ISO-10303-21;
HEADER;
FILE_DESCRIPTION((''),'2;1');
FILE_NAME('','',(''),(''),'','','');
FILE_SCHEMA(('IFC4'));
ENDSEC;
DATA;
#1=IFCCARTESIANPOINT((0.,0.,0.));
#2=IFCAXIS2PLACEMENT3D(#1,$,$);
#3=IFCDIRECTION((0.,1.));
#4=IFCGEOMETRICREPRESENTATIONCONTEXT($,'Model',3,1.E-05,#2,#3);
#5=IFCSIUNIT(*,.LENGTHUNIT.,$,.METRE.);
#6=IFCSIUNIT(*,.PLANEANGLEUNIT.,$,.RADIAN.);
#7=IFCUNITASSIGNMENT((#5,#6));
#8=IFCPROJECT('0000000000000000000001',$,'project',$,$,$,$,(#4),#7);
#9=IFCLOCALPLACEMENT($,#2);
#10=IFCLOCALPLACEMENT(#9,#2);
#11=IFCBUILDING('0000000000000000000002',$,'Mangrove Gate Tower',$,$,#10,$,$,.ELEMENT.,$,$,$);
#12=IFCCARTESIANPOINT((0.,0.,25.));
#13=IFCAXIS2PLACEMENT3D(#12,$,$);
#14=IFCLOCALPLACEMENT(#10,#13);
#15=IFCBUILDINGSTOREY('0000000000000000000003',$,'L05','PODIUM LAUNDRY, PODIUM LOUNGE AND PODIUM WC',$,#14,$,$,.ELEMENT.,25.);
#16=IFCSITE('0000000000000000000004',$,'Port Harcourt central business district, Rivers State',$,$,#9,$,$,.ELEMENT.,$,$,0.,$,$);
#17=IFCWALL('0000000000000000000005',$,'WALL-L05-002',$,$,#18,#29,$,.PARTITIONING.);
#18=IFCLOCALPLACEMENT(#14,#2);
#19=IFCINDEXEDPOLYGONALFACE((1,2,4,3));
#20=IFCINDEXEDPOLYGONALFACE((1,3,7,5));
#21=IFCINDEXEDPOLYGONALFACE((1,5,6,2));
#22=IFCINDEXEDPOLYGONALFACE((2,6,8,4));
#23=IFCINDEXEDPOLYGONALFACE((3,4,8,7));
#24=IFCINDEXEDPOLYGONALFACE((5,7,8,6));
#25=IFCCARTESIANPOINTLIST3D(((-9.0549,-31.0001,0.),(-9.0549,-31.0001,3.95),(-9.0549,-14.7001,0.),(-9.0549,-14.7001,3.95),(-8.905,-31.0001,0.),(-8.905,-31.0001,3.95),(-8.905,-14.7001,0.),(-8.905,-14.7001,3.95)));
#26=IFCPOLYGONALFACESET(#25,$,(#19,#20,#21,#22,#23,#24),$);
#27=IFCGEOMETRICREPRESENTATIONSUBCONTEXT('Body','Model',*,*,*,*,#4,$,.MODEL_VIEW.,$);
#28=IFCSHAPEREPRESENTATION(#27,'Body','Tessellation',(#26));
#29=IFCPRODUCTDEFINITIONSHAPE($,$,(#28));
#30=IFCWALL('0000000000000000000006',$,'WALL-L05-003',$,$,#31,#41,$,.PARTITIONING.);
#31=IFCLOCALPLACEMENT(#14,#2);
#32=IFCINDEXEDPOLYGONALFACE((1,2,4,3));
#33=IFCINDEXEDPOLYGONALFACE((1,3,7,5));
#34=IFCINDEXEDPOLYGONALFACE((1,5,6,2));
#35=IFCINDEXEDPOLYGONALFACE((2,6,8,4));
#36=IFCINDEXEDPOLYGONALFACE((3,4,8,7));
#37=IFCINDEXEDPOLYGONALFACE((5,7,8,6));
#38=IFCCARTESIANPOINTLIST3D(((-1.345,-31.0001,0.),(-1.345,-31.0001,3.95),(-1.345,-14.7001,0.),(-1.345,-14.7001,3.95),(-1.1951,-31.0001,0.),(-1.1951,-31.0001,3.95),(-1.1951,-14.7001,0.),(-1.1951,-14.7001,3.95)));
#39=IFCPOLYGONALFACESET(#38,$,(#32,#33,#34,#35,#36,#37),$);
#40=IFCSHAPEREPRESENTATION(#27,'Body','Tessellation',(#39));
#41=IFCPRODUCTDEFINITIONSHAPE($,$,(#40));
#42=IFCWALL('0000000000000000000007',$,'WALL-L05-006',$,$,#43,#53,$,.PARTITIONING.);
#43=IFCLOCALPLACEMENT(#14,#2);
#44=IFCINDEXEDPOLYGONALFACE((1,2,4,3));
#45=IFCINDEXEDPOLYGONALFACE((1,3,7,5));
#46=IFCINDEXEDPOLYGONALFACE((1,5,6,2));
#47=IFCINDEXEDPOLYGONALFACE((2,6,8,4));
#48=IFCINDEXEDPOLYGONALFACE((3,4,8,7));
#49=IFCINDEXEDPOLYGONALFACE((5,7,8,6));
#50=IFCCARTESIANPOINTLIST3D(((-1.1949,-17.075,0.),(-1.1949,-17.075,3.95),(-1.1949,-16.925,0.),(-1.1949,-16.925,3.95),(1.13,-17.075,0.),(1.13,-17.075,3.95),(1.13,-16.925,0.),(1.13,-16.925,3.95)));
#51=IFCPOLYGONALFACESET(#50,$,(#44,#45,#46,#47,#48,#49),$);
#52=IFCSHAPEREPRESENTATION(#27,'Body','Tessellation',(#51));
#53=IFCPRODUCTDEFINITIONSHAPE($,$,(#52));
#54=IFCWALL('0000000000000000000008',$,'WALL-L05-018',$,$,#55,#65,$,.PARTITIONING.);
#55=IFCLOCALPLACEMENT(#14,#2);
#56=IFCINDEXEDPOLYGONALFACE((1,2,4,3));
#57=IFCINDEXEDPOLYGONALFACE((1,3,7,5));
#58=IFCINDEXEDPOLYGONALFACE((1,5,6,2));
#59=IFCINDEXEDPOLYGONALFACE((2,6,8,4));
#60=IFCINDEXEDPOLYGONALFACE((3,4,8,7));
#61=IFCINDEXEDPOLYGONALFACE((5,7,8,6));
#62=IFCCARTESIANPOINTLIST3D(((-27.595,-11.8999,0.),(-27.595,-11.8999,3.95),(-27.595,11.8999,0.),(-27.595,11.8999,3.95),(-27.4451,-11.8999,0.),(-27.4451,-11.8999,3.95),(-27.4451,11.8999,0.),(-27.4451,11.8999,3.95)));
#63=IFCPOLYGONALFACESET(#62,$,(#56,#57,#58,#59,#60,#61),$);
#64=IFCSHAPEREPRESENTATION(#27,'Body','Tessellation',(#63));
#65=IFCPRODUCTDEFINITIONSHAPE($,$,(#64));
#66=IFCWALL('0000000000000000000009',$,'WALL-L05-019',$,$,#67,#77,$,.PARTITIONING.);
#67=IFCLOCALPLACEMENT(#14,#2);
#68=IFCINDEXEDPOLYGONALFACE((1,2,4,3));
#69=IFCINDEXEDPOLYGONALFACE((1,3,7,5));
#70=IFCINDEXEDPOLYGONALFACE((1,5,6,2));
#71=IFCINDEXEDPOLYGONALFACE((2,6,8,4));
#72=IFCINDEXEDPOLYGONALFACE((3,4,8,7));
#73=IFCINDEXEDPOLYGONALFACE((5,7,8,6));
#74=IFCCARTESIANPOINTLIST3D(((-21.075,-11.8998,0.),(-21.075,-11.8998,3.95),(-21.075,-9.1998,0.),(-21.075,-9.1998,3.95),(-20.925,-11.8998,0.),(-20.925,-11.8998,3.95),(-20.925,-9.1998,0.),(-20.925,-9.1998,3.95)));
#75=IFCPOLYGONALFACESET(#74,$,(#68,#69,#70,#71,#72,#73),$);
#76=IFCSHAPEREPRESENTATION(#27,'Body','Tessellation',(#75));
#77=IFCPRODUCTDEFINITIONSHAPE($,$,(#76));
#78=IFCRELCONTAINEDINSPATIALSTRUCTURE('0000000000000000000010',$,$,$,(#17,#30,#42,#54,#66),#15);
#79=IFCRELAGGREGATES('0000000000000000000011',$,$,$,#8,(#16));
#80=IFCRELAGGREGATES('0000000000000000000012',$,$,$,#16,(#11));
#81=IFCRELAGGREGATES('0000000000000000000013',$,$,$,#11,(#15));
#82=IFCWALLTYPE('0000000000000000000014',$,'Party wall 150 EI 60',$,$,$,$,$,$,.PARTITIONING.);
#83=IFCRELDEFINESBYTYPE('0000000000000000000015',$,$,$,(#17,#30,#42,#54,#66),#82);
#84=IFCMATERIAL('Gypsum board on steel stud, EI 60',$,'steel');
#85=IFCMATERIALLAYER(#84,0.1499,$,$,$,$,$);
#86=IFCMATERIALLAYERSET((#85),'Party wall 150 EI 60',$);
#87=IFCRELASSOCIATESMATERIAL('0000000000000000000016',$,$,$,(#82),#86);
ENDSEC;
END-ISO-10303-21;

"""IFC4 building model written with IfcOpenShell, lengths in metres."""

from ifc_helpers import new_model, si_unit, direction, frame, frame_2d, origin, place, context, subcontext, project, spatial, rectangle, extrude, material, layer, layer_set, type_object, element, save


model = new_model("IFC4")

# Units and contexts
model_context = context("Model", 3, precision=1e-05, world=origin(), true_north=direction((0.0, 1.0)))
body_context = subcontext(model_context, "Body", "Model", "MODEL_VIEW")
ifc_project = project(units=[si_unit("LENGTHUNIT", "METRE"), si_unit("PLANEANGLEUNIT", "RADIAN")], contexts=[model_context])

# Site, building, storey
site_placement = place(None, origin())
site = spatial("IfcSite", under=ifc_project, at=site_placement, Name="Port Harcourt central business district, Rivers State", CompositionType="ELEMENT", RefElevation=0.0)
building_placement = place(site_placement, origin())
building = spatial("IfcBuilding", under=site, at=building_placement, Name="Mangrove Gate Tower", CompositionType="ELEMENT")
storey_placement = place(building_placement, frame((0.0, 0.0, 25.0)))
storey = spatial("IfcBuildingStorey", under=building, at=storey_placement, Name="L05", Description="PODIUM LAUNDRY, PODIUM LOUNGE AND PODIUM WC", CompositionType="ELEMENT", Elevation=25.0)

# Walls
ifc_material_1 = material(Name="Gypsum board on steel stud, EI 60", Category="steel")
ifc_layer_1 = layer(ifc_material_1, 0.1499)
ifc_layer_set_1 = layer_set([ifc_layer_1], Name="Party wall 150 EI 60")
wall_type_1 = type_object("IfcWallType", Name="Party wall 150 EI 60", PredefinedType="PARTITIONING", material=ifc_layer_set_1)
for number, where, z_axis, x_axis, name in (
    (1, (-8.98, -31.0, 0.0), (0.0, 0.0, 1.0), (0.0, 1.0, 0.0), "WALL-L05-002"),
    (2, (-1.27, -31.0, 0.0), (0.0, 0.0, 1.0), (0.0, 1.0, 0.0), "WALL-L05-003"),
):
    element("IfcWall", number, at=place(storey_placement, frame(where, z_axis=z_axis, x_axis=x_axis)), inside=storey, type_object=wall_type_1, Name=name, PredefinedType="PARTITIONING", context=body_context, shape_type="SweptSolid", body=[
        extrude(rectangle(XDim=16.3, YDim=0.1499, at=frame_2d((8.1499, 0.0))), origin(), (0.0, 0.0, 1.0), 3.95),
    ])
wall_1_placement = place(storey_placement, frame((-1.1951, -17.0, 0.0), z_axis=(0.0, 0.0, 1.0), x_axis=(1.0, 0.0, 0.0)))
element("IfcWall", 3, at=wall_1_placement, inside=storey, type_object=wall_type_1, Name="WALL-L05-006", PredefinedType="PARTITIONING", context=body_context, shape_type="SweptSolid", body=[
    extrude(rectangle(XDim=2.325, YDim=0.1499, at=frame_2d((1.1626, 0.0))), origin(), (0.0, 0.0, 1.0), 3.95),
])
wall_2_placement = place(storey_placement, frame((-27.52, -11.8999, 0.0), z_axis=(0.0, 0.0, 1.0), x_axis=(0.0, 1.0, 0.0)))
element("IfcWall", 4, at=wall_2_placement, inside=storey, type_object=wall_type_1, Name="WALL-L05-018", PredefinedType="PARTITIONING", context=body_context, shape_type="SweptSolid", body=[
    extrude(rectangle(XDim=23.7998, YDim=0.1499, at=frame_2d((11.8999, 0.0))), origin(), (0.0, 0.0, 1.0), 3.95),
])
wall_3_placement = place(storey_placement, frame((-21.0, -11.8999, 0.0), z_axis=(0.0, 0.0, 1.0), x_axis=(0.0, 1.0, 0.0)))
element("IfcWall", 5, at=wall_3_placement, inside=storey, type_object=wall_type_1, Name="WALL-L05-019", PredefinedType="PARTITIONING", context=body_context, shape_type="SweptSolid", body=[
    extrude(rectangle(XDim=2.7, YDim=0.1499, at=frame_2d((1.3501, 0.0))), origin(), (0.0, 0.0, 1.0), 3.95),
])

save(model, "model.ifc")
